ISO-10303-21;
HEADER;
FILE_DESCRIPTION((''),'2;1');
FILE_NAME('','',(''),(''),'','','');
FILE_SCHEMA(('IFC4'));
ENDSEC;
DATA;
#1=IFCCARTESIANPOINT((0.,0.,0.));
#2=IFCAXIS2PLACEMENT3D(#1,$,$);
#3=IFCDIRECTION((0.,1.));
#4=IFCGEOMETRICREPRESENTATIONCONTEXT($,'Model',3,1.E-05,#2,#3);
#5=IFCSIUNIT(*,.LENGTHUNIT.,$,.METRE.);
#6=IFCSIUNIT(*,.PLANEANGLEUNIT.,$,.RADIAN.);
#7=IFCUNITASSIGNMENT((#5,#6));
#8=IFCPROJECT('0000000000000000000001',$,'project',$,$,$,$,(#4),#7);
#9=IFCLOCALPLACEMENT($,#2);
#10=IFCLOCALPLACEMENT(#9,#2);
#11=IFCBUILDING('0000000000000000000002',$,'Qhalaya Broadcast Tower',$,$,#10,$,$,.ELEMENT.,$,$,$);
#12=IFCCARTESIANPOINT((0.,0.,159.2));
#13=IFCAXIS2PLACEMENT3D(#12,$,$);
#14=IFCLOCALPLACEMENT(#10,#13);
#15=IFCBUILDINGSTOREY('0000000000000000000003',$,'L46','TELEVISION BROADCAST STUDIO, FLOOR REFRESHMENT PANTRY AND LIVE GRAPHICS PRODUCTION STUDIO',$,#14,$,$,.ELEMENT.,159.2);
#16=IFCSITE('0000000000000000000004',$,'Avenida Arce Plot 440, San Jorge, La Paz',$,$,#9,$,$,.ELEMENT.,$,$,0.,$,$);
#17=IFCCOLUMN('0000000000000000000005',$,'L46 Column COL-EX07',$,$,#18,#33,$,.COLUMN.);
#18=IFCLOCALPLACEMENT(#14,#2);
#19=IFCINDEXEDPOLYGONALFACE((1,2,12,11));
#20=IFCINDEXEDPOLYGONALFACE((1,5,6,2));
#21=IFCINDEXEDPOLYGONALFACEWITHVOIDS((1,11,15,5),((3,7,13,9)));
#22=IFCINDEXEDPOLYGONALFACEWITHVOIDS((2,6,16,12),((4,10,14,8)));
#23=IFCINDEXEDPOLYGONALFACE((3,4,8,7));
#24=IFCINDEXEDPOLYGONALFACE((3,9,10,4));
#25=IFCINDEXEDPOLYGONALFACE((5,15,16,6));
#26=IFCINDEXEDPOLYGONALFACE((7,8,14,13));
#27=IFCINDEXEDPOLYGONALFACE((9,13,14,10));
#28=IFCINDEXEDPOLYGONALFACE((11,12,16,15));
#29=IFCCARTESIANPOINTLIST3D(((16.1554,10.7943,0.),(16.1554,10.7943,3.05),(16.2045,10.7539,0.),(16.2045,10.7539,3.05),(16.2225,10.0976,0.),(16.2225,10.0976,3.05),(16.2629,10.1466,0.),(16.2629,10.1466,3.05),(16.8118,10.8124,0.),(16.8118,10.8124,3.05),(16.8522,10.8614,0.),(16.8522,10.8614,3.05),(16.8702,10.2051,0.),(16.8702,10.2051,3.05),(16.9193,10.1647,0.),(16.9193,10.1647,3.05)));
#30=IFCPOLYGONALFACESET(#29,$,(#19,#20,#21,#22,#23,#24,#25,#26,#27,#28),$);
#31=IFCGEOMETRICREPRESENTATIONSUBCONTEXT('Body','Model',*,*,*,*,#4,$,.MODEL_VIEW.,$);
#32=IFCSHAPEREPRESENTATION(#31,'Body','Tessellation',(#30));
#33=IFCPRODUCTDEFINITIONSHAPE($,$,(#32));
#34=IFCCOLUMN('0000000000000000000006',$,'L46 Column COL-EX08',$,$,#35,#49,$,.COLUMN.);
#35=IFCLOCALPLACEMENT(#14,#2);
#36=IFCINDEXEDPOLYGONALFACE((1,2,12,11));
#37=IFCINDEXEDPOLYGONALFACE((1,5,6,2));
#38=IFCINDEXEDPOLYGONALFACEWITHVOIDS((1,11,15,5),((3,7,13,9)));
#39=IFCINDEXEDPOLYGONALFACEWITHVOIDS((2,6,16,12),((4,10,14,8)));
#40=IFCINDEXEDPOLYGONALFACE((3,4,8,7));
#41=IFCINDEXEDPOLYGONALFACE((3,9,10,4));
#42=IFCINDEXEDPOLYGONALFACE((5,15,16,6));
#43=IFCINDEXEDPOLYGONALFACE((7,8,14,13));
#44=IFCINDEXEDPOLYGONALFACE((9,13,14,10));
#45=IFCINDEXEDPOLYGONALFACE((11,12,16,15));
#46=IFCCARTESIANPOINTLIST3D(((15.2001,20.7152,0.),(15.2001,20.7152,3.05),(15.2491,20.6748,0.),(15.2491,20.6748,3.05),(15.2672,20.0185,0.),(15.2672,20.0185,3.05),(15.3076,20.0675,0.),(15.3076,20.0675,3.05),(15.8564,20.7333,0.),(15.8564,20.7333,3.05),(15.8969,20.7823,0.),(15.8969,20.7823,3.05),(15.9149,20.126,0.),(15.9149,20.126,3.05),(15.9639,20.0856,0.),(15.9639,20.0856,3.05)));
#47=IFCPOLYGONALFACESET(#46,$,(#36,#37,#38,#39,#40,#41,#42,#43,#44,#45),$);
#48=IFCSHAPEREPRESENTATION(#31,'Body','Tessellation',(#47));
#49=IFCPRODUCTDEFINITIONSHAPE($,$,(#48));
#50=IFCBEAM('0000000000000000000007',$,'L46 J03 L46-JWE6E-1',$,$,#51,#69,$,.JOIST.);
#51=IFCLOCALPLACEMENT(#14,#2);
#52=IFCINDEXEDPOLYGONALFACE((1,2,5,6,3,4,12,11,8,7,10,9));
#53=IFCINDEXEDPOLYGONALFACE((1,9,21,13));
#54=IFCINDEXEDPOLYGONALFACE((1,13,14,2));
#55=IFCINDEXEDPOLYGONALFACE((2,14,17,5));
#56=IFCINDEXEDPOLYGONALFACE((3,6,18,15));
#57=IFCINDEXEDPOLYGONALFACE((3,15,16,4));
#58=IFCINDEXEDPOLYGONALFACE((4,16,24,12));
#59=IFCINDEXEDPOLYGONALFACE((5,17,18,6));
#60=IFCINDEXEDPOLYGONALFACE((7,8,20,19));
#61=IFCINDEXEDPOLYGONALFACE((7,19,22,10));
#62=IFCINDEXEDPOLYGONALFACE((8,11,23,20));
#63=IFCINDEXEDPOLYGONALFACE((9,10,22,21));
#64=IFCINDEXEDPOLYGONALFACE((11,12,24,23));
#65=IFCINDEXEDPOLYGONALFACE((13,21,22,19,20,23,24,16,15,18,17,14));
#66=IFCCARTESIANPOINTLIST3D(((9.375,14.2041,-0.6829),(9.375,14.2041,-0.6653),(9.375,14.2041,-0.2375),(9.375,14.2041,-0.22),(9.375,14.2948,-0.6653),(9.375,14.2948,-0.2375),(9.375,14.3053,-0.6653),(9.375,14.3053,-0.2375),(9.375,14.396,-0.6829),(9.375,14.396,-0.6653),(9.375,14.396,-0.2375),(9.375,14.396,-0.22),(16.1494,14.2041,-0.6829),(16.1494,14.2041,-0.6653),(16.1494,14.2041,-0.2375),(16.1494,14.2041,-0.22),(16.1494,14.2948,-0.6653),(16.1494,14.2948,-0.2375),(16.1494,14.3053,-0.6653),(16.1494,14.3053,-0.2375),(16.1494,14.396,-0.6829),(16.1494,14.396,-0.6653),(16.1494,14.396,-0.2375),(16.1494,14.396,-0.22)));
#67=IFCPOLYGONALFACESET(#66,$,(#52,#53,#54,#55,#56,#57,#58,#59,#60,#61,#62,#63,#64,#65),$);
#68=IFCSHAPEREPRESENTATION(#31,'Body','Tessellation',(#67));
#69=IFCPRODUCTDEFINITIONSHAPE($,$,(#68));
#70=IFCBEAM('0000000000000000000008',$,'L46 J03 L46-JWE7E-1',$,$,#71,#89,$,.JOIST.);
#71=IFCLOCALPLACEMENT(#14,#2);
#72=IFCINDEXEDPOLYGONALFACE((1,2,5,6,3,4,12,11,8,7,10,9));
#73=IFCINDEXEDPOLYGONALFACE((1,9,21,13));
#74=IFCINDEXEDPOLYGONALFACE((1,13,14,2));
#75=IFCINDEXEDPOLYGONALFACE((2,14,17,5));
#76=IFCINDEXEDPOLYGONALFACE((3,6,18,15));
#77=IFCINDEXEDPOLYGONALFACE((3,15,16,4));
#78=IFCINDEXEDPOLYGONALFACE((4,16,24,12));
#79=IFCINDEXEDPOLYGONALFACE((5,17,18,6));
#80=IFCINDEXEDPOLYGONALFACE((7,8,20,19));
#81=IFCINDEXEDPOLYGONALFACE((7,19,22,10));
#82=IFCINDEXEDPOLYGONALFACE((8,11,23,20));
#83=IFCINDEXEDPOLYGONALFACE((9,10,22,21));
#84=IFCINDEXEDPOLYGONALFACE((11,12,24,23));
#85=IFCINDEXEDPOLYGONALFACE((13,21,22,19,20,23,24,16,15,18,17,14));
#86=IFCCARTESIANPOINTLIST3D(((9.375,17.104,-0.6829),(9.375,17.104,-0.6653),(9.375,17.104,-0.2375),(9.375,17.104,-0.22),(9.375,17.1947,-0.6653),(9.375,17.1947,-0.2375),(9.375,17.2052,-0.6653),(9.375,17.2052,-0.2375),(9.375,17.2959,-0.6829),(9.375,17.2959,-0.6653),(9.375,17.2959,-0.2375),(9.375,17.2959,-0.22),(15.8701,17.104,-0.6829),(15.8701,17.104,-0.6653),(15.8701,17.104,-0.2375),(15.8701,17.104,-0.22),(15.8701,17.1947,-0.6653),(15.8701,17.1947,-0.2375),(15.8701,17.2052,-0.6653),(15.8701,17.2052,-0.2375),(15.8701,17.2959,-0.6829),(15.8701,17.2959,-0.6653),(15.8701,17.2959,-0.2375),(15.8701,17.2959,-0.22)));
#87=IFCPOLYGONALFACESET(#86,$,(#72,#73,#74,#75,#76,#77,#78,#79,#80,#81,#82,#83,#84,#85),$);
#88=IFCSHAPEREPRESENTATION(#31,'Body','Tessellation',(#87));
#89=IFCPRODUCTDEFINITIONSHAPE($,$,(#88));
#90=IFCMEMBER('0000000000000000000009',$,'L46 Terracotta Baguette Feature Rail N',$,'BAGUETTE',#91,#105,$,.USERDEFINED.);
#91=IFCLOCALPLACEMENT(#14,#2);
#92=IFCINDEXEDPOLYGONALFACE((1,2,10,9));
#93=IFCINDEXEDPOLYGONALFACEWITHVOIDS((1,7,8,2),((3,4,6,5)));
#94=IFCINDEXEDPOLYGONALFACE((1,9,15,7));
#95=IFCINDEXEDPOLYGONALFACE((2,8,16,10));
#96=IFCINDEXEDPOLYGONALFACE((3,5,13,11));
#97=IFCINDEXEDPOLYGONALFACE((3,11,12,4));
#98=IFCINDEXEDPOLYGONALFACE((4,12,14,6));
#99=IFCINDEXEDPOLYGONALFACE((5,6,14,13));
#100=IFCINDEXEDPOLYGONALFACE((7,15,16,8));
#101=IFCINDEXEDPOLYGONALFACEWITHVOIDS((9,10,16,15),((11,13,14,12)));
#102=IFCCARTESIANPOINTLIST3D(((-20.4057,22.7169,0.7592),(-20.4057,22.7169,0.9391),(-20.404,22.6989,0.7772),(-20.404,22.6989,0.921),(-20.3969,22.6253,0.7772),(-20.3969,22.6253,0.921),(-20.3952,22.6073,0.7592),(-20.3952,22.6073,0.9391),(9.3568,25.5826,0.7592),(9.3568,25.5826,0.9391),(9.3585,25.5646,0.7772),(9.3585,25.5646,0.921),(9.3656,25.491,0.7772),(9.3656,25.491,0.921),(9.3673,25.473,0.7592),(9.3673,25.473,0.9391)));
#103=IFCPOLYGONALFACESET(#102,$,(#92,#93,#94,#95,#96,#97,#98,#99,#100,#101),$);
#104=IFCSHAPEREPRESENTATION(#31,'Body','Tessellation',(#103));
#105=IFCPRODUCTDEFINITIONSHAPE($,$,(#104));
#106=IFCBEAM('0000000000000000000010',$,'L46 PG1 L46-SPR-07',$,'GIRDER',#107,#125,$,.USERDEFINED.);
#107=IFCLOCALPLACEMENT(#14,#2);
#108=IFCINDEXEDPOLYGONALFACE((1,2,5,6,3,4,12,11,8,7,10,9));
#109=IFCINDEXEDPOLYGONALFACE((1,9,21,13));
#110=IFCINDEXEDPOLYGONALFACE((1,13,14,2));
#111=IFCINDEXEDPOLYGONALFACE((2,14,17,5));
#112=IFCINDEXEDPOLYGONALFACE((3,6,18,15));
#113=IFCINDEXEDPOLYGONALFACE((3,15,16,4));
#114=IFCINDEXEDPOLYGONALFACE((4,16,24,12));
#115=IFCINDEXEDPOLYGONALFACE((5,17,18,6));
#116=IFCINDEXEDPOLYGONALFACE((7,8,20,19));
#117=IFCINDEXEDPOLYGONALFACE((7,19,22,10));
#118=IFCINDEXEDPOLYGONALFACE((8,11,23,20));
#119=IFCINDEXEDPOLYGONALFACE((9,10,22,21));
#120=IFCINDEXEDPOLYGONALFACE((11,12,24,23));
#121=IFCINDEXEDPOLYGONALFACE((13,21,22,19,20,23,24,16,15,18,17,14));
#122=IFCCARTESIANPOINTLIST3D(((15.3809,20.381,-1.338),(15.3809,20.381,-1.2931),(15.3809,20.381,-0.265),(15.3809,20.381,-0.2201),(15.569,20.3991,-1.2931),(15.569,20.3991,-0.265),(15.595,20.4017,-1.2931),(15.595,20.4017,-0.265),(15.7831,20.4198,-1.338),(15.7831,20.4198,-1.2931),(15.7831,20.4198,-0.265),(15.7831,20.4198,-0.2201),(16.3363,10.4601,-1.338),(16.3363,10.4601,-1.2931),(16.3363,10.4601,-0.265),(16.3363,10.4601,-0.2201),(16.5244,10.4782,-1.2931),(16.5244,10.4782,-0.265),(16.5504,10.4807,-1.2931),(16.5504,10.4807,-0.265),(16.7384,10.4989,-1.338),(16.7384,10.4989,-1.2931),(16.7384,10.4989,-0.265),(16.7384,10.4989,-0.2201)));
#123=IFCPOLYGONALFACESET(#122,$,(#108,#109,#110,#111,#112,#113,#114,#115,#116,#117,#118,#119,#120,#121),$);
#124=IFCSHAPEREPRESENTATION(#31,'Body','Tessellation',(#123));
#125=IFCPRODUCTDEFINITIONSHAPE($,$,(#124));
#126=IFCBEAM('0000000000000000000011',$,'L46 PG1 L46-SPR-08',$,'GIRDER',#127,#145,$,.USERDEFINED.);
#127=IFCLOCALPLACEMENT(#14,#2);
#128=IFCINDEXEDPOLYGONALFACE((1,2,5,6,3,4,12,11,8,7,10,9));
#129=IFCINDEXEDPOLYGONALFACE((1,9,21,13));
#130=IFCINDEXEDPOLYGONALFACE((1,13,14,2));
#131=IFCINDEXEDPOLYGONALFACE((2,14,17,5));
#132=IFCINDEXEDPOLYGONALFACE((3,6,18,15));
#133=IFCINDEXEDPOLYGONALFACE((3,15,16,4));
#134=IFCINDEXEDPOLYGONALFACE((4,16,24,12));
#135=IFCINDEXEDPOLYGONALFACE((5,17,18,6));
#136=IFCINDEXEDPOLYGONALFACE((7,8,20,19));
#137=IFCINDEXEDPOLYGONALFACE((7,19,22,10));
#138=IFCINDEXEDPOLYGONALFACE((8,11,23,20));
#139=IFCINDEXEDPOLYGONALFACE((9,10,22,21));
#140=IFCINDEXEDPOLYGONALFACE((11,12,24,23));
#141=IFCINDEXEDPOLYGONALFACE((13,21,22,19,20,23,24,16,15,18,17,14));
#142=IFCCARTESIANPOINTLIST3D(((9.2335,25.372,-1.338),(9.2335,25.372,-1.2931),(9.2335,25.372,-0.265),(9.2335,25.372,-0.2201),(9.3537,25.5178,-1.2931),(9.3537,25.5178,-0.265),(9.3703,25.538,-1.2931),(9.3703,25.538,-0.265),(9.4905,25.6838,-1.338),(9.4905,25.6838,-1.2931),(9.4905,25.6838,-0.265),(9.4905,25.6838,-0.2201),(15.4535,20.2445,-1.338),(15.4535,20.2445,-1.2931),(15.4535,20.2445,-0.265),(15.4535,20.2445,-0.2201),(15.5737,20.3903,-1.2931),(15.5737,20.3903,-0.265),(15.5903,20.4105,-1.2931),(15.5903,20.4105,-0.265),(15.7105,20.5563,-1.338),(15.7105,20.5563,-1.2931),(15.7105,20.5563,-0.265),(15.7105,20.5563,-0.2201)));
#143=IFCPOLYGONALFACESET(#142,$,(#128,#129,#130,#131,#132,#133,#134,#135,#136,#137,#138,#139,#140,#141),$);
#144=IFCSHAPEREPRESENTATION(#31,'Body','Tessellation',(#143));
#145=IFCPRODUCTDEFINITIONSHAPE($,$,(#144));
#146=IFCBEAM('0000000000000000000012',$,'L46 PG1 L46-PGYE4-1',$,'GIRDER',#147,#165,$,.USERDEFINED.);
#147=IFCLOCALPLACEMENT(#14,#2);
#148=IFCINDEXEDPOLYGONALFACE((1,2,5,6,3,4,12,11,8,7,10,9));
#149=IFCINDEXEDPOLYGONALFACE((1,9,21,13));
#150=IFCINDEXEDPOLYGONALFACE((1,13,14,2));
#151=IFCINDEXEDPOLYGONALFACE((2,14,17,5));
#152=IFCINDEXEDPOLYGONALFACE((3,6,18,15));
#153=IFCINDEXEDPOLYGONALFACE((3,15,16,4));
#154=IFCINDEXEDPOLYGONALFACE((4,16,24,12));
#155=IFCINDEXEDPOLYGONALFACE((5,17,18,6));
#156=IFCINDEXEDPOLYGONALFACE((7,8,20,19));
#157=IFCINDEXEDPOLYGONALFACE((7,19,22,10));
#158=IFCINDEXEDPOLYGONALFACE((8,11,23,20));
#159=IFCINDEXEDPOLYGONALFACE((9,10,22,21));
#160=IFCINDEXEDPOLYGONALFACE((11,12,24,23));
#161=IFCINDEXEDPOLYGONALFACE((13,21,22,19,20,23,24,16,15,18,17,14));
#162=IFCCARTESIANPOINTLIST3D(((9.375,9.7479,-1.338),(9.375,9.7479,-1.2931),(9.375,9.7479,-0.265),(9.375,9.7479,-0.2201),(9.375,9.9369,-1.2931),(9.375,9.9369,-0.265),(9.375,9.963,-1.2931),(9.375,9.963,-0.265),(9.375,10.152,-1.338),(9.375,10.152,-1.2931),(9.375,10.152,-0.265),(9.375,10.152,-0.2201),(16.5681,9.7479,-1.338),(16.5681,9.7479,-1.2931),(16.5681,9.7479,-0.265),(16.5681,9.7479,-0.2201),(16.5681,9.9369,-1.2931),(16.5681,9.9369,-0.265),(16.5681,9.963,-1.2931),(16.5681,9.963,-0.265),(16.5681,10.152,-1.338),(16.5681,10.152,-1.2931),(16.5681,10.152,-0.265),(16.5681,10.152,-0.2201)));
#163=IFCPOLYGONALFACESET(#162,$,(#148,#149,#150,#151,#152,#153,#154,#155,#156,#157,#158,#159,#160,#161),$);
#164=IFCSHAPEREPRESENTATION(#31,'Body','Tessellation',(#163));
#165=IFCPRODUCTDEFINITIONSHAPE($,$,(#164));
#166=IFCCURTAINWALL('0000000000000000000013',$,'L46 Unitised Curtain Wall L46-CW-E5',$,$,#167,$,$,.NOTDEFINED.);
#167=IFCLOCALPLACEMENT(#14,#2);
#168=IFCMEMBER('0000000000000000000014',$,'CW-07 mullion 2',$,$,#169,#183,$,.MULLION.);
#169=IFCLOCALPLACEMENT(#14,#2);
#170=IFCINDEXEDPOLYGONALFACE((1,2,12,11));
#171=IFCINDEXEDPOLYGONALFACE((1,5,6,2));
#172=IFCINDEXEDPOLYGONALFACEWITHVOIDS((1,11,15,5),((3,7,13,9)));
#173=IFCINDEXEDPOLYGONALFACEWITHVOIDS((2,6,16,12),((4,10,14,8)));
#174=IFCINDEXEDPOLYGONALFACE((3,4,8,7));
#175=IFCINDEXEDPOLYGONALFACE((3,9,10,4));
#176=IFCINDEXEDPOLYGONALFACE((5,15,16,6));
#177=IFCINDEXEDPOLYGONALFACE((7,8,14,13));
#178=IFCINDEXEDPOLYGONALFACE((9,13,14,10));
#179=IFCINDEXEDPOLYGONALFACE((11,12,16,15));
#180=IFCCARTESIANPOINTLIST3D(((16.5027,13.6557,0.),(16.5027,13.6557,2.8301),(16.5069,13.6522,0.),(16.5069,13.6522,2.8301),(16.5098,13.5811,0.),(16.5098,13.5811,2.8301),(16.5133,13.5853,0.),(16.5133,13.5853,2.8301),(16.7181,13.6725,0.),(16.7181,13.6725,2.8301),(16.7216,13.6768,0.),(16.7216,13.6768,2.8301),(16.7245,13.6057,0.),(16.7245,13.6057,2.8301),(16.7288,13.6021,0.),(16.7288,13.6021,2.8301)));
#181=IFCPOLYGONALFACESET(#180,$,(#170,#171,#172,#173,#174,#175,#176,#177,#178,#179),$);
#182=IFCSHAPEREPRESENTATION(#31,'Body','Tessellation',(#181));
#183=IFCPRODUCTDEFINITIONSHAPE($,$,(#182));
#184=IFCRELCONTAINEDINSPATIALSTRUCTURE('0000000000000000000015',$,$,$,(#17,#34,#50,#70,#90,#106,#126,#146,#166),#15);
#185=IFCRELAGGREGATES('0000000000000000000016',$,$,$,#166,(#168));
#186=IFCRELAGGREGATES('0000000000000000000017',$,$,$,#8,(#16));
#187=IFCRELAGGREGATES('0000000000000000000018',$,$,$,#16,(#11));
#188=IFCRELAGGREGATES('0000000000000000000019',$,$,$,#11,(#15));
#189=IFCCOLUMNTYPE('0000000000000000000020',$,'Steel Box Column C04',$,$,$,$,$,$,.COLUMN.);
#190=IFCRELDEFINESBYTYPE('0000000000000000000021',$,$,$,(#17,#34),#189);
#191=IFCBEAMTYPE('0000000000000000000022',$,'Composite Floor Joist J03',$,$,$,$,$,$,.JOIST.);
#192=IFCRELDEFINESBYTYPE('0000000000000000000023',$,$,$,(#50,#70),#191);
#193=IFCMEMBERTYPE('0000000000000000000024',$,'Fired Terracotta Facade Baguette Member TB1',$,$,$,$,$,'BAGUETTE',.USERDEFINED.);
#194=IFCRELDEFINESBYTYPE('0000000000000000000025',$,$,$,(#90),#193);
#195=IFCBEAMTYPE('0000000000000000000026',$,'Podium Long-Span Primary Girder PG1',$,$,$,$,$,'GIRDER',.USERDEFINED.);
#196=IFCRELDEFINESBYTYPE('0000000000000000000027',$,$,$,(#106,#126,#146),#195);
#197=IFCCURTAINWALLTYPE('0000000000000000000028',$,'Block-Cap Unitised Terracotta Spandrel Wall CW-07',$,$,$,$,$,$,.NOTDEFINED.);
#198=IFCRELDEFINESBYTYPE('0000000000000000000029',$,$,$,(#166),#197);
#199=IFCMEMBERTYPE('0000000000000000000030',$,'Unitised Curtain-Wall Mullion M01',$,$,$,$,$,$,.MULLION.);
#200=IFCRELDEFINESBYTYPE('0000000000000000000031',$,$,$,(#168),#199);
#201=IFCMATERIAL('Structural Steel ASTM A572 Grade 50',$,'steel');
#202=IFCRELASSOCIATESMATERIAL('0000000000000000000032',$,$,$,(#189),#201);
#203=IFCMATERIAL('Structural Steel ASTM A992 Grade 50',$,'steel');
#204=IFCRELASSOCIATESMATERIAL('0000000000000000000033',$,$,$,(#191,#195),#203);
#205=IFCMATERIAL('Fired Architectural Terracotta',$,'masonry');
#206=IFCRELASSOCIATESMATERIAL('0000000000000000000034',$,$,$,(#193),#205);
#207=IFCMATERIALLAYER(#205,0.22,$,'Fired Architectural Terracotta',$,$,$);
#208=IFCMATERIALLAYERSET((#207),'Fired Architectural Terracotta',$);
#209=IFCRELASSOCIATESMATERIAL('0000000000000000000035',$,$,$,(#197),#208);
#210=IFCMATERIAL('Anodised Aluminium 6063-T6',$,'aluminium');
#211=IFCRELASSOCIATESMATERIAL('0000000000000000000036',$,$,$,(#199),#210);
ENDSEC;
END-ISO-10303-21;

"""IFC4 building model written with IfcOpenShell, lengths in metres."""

from ifc_helpers import new_model, si_unit, direction, frame, origin, origin_2d, place, context, subcontext, project, spatial, hollow_rectangle, i_section, extrude, material, layer, layer_set, material_profile, profile_set, type_object, element, aggregate, save


model = new_model("IFC4")

# Units and contexts
model_context = context("Model", 3, precision=1e-05, world=origin(), true_north=direction((0.0, 1.0)))
body_context = subcontext(model_context, "Body", "Model", "MODEL_VIEW")
ifc_project = project(units=[si_unit("LENGTHUNIT", "METRE"), si_unit("PLANEANGLEUNIT", "RADIAN")], contexts=[model_context])

# Site, building, storey
site_placement = place(None, origin())
site = spatial("IfcSite", under=ifc_project, at=site_placement, Name="Avenida Arce Plot 440, San Jorge, La Paz", CompositionType="ELEMENT", RefElevation=0.0)
building_placement = place(site_placement, origin())
building = spatial("IfcBuilding", under=site, at=building_placement, Name="Qhalaya Broadcast Tower", CompositionType="ELEMENT")
storey_placement = place(building_placement, frame((0.0, 0.0, 159.2)))
storey = spatial("IfcBuildingStorey", under=building, at=storey_placement, Name="L46", Description="TELEVISION BROADCAST STUDIO, FLOOR REFRESHMENT PANTRY AND LIVE GRAPHICS PRODUCTION STUDIO", CompositionType="ELEMENT", Elevation=159.2)

# Columns
ifc_material_1 = material(Name="Structural Steel ASTM A572 Grade 50", Category="steel")
ifc_material_profile_1 = material_profile(ifc_material_1, hollow_rectangle(XDim=0.7, YDim=0.7, WallThickness=0.0449, at=origin_2d()), Name="BOX 700x700x45")
ifc_profile_set_1 = profile_set([ifc_material_profile_1], Name="Structural Steel ASTM A572 Grade 50")
column_type = type_object("IfcColumnType", Name="Steel Box Column C04", PredefinedType="COLUMN", material=ifc_profile_set_1)
for number, where, z_axis, x_axis, name in (
    (1, (16.5374, 10.4795, 0.0), (0.0, 0.0, 1.0), (-0.095846, 0.995396, 0.0), "L46 Column COL-EX07"),
    (2, (15.582, 20.4004, 0.0), (0.0, 0.0, 1.0), (-0.095846, 0.995396, 0.0), "L46 Column COL-EX08"),
):
    element("IfcColumn", number, at=place(storey_placement, frame(where, z_axis=z_axis, x_axis=x_axis)), inside=storey, type_object=column_type, Name=name, PredefinedType="COLUMN", context=body_context, shape_type="SweptSolid", body=[
        extrude(hollow_rectangle(XDim=0.7, YDim=0.7, WallThickness=0.0449, at=origin_2d()), origin(), (0.0, 0.0, 1.0), 3.05),
    ])

# Beams
ifc_material_2 = material(Name="Structural Steel ASTM A992 Grade 50", Category="steel")
ifc_material_profile_2 = material_profile(ifc_material_2, i_section(OverallWidth=0.1919, OverallDepth=0.4629, WebThickness=0.0105, FlangeThickness=0.0176, at=origin_2d()), Name="W18X60")
ifc_profile_set_2 = profile_set([ifc_material_profile_2], Name="Structural Steel ASTM A992 Grade 50")
beam_type_1 = type_object("IfcBeamType", Name="Composite Floor Joist J03", PredefinedType="JOIST", material=ifc_profile_set_2)
beam_1_placement = place(storey_placement, frame((9.375, 14.3, -0.4514), z_axis=(1.0, 0.0, 0.0), x_axis=(0.0, 1.0, 0.0)))
element("IfcBeam", 3, at=beam_1_placement, inside=storey, type_object=beam_type_1, Name="L46 J03 L46-JWE6E-1", PredefinedType="JOIST", context=body_context, shape_type="SweptSolid", body=[
    extrude(i_section(OverallWidth=0.1919, OverallDepth=0.4629, WebThickness=0.0105, FlangeThickness=0.0176, at=origin_2d()), origin(), (0.0, 0.0, 1.0), 6.7744),
])
beam_2_placement = place(storey_placement, frame((9.375, 17.2, -0.4514), z_axis=(1.0, 0.0, 0.0), x_axis=(0.0, 1.0, 0.0)))
element("IfcBeam", 4, at=beam_2_placement, inside=storey, type_object=beam_type_1, Name="L46 J03 L46-JWE7E-1", PredefinedType="JOIST", context=body_context, shape_type="SweptSolid", body=[
    extrude(i_section(OverallWidth=0.1919, OverallDepth=0.4629, WebThickness=0.0105, FlangeThickness=0.0176, at=origin_2d()), origin(), (0.0, 0.0, 1.0), 6.4951),
])

# Member
ifc_material_3 = material(Name="Fired Architectural Terracotta", Category="masonry")
ifc_material_profile_3 = material_profile(ifc_material_3, hollow_rectangle(XDim=0.1101, YDim=0.1799, WallThickness=0.0181, at=origin_2d()), Name="TB-BAG 110x180x18")
ifc_profile_set_3 = profile_set([ifc_material_profile_3], Name="Fired Architectural Terracotta")
member_type_1 = type_object("IfcMemberType", Name="Fired Terracotta Facade Baguette Member TB1", ElementType="BAGUETTE", PredefinedType="USERDEFINED", material=ifc_profile_set_3)
member_1_placement = place(storey_placement, frame((9.3621, 25.5278, 0.8491), z_axis=(-0.995396, -0.095843, 0.0), x_axis=(0.095843, -0.995396, 0.0)))
element("IfcMember", 5, at=member_1_placement, inside=storey, type_object=member_type_1, Name="L46 Terracotta Baguette Feature Rail N", ObjectType="BAGUETTE", PredefinedType="USERDEFINED", context=body_context, shape_type="SweptSolid", body=[
    extrude(hollow_rectangle(XDim=0.1101, YDim=0.1799, WallThickness=0.0181, at=origin_2d()), origin(), (0.0, 0.0, 1.0), 29.9001),
])

# Beams
ifc_material_profile_4 = material_profile(ifc_material_2, i_section(OverallWidth=0.4041, OverallDepth=1.1179, WebThickness=0.0261, FlangeThickness=0.0449, at=origin_2d()), Name="W44X335")
ifc_profile_set_4 = profile_set([ifc_material_profile_4], Name="Structural Steel ASTM A992 Grade 50")
beam_type_2 = type_object("IfcBeamType", Name="Podium Long-Span Primary Girder PG1", ElementType="GIRDER", PredefinedType="USERDEFINED", material=ifc_profile_set_4)
beam_3_placement = place(storey_placement, frame((16.5374, 10.4795, -0.7791), z_axis=(-0.095851, 0.995396, 0.0), x_axis=(-0.995396, -0.095851, 0.0)))
element("IfcBeam", 6, at=beam_3_placement, inside=storey, type_object=beam_type_2, Name="L46 PG1 L46-SPR-07", ObjectType="GIRDER", PredefinedType="USERDEFINED", context=body_context, shape_type="SweptSolid", body=[
    extrude(i_section(OverallWidth=0.4041, OverallDepth=1.1179, WebThickness=0.0261, FlangeThickness=0.0449, at=origin_2d()), origin(), (0.0, 0.0, 1.0), 9.9668),
])
beam_4_placement = place(storey_placement, frame((15.582, 20.4004, -0.7791), z_axis=(-0.771619, 0.636085, 0.0), x_axis=(-0.636085, -0.771619, 0.0)))
element("IfcBeam", 7, at=beam_4_placement, inside=storey, type_object=beam_type_2, Name="L46 PG1 L46-SPR-08", ObjectType="GIRDER", PredefinedType="USERDEFINED", context=body_context, shape_type="SweptSolid", body=[
    extrude(i_section(OverallWidth=0.4041, OverallDepth=1.1179, WebThickness=0.0261, FlangeThickness=0.0449, at=origin_2d()), origin(), (0.0, 0.0, 1.0), 8.061),
])
beam_5_placement = place(storey_placement, frame((9.375, 9.95, -0.7791), z_axis=(1.0, 0.0, 0.0), x_axis=(0.0, 1.0, 0.0)))
element("IfcBeam", 8, at=beam_5_placement, inside=storey, type_object=beam_type_2, Name="L46 PG1 L46-PGYE4-1", ObjectType="GIRDER", PredefinedType="USERDEFINED", context=body_context, shape_type="SweptSolid", body=[
    extrude(i_section(OverallWidth=0.4041, OverallDepth=1.1179, WebThickness=0.0261, FlangeThickness=0.0449, at=origin_2d()), origin(), (0.0, 0.0, 1.0), 7.1931),
])

# Curtain wall, member
ifc_layer_1 = layer(ifc_material_3, 0.22, Name="Fired Architectural Terracotta")
ifc_layer_set_1 = layer_set([ifc_layer_1], Name="Fired Architectural Terracotta")
curtain_wall_type_1 = type_object("IfcCurtainWallType", Name="Block-Cap Unitised Terracotta Spandrel Wall CW-07", PredefinedType="NOTDEFINED", material=ifc_layer_set_1)
curtain_wall_1_placement = place(storey_placement, origin())
curtain_wall_1 = element("IfcCurtainWall", 9, at=curtain_wall_1_placement, inside=storey, type_object=curtain_wall_type_1, Name="L46 Unitised Curtain Wall L46-CW-E5", PredefinedType="NOTDEFINED")
ifc_material_4 = material(Name="Anodised Aluminium 6063-T6", Category="aluminium")
ifc_material_profile_5 = material_profile(ifc_material_4, hollow_rectangle(XDim=0.075, YDim=0.22, WallThickness=0.0039, at=origin_2d()), Name="ALU-MUL 75x220x4")
ifc_profile_set_5 = profile_set([ifc_material_profile_5], Name="Anodised Aluminium 6063-T6")
member_type_2 = type_object("IfcMemberType", Name="Unitised Curtain-Wall Mullion M01", PredefinedType="MULLION", material=ifc_profile_set_5)
member_2_placement = place(storey_placement, frame((16.6157, 13.6289, 0.0), z_axis=(0.0, 0.0, 1.0), x_axis=(-0.095849, 0.995396, 0.0)))
member_2 = element("IfcMember", 10, at=member_2_placement, type_object=member_type_2, Name="CW-07 mullion 2", PredefinedType="MULLION", context=body_context, shape_type="SweptSolid", body=[
    extrude(hollow_rectangle(XDim=0.075, YDim=0.22, WallThickness=0.0039, at=origin_2d()), origin(), (0.0, 0.0, 1.0), 2.8301),
])

aggregate(curtain_wall_1, [member_2])

save(model, "model.ifc")
